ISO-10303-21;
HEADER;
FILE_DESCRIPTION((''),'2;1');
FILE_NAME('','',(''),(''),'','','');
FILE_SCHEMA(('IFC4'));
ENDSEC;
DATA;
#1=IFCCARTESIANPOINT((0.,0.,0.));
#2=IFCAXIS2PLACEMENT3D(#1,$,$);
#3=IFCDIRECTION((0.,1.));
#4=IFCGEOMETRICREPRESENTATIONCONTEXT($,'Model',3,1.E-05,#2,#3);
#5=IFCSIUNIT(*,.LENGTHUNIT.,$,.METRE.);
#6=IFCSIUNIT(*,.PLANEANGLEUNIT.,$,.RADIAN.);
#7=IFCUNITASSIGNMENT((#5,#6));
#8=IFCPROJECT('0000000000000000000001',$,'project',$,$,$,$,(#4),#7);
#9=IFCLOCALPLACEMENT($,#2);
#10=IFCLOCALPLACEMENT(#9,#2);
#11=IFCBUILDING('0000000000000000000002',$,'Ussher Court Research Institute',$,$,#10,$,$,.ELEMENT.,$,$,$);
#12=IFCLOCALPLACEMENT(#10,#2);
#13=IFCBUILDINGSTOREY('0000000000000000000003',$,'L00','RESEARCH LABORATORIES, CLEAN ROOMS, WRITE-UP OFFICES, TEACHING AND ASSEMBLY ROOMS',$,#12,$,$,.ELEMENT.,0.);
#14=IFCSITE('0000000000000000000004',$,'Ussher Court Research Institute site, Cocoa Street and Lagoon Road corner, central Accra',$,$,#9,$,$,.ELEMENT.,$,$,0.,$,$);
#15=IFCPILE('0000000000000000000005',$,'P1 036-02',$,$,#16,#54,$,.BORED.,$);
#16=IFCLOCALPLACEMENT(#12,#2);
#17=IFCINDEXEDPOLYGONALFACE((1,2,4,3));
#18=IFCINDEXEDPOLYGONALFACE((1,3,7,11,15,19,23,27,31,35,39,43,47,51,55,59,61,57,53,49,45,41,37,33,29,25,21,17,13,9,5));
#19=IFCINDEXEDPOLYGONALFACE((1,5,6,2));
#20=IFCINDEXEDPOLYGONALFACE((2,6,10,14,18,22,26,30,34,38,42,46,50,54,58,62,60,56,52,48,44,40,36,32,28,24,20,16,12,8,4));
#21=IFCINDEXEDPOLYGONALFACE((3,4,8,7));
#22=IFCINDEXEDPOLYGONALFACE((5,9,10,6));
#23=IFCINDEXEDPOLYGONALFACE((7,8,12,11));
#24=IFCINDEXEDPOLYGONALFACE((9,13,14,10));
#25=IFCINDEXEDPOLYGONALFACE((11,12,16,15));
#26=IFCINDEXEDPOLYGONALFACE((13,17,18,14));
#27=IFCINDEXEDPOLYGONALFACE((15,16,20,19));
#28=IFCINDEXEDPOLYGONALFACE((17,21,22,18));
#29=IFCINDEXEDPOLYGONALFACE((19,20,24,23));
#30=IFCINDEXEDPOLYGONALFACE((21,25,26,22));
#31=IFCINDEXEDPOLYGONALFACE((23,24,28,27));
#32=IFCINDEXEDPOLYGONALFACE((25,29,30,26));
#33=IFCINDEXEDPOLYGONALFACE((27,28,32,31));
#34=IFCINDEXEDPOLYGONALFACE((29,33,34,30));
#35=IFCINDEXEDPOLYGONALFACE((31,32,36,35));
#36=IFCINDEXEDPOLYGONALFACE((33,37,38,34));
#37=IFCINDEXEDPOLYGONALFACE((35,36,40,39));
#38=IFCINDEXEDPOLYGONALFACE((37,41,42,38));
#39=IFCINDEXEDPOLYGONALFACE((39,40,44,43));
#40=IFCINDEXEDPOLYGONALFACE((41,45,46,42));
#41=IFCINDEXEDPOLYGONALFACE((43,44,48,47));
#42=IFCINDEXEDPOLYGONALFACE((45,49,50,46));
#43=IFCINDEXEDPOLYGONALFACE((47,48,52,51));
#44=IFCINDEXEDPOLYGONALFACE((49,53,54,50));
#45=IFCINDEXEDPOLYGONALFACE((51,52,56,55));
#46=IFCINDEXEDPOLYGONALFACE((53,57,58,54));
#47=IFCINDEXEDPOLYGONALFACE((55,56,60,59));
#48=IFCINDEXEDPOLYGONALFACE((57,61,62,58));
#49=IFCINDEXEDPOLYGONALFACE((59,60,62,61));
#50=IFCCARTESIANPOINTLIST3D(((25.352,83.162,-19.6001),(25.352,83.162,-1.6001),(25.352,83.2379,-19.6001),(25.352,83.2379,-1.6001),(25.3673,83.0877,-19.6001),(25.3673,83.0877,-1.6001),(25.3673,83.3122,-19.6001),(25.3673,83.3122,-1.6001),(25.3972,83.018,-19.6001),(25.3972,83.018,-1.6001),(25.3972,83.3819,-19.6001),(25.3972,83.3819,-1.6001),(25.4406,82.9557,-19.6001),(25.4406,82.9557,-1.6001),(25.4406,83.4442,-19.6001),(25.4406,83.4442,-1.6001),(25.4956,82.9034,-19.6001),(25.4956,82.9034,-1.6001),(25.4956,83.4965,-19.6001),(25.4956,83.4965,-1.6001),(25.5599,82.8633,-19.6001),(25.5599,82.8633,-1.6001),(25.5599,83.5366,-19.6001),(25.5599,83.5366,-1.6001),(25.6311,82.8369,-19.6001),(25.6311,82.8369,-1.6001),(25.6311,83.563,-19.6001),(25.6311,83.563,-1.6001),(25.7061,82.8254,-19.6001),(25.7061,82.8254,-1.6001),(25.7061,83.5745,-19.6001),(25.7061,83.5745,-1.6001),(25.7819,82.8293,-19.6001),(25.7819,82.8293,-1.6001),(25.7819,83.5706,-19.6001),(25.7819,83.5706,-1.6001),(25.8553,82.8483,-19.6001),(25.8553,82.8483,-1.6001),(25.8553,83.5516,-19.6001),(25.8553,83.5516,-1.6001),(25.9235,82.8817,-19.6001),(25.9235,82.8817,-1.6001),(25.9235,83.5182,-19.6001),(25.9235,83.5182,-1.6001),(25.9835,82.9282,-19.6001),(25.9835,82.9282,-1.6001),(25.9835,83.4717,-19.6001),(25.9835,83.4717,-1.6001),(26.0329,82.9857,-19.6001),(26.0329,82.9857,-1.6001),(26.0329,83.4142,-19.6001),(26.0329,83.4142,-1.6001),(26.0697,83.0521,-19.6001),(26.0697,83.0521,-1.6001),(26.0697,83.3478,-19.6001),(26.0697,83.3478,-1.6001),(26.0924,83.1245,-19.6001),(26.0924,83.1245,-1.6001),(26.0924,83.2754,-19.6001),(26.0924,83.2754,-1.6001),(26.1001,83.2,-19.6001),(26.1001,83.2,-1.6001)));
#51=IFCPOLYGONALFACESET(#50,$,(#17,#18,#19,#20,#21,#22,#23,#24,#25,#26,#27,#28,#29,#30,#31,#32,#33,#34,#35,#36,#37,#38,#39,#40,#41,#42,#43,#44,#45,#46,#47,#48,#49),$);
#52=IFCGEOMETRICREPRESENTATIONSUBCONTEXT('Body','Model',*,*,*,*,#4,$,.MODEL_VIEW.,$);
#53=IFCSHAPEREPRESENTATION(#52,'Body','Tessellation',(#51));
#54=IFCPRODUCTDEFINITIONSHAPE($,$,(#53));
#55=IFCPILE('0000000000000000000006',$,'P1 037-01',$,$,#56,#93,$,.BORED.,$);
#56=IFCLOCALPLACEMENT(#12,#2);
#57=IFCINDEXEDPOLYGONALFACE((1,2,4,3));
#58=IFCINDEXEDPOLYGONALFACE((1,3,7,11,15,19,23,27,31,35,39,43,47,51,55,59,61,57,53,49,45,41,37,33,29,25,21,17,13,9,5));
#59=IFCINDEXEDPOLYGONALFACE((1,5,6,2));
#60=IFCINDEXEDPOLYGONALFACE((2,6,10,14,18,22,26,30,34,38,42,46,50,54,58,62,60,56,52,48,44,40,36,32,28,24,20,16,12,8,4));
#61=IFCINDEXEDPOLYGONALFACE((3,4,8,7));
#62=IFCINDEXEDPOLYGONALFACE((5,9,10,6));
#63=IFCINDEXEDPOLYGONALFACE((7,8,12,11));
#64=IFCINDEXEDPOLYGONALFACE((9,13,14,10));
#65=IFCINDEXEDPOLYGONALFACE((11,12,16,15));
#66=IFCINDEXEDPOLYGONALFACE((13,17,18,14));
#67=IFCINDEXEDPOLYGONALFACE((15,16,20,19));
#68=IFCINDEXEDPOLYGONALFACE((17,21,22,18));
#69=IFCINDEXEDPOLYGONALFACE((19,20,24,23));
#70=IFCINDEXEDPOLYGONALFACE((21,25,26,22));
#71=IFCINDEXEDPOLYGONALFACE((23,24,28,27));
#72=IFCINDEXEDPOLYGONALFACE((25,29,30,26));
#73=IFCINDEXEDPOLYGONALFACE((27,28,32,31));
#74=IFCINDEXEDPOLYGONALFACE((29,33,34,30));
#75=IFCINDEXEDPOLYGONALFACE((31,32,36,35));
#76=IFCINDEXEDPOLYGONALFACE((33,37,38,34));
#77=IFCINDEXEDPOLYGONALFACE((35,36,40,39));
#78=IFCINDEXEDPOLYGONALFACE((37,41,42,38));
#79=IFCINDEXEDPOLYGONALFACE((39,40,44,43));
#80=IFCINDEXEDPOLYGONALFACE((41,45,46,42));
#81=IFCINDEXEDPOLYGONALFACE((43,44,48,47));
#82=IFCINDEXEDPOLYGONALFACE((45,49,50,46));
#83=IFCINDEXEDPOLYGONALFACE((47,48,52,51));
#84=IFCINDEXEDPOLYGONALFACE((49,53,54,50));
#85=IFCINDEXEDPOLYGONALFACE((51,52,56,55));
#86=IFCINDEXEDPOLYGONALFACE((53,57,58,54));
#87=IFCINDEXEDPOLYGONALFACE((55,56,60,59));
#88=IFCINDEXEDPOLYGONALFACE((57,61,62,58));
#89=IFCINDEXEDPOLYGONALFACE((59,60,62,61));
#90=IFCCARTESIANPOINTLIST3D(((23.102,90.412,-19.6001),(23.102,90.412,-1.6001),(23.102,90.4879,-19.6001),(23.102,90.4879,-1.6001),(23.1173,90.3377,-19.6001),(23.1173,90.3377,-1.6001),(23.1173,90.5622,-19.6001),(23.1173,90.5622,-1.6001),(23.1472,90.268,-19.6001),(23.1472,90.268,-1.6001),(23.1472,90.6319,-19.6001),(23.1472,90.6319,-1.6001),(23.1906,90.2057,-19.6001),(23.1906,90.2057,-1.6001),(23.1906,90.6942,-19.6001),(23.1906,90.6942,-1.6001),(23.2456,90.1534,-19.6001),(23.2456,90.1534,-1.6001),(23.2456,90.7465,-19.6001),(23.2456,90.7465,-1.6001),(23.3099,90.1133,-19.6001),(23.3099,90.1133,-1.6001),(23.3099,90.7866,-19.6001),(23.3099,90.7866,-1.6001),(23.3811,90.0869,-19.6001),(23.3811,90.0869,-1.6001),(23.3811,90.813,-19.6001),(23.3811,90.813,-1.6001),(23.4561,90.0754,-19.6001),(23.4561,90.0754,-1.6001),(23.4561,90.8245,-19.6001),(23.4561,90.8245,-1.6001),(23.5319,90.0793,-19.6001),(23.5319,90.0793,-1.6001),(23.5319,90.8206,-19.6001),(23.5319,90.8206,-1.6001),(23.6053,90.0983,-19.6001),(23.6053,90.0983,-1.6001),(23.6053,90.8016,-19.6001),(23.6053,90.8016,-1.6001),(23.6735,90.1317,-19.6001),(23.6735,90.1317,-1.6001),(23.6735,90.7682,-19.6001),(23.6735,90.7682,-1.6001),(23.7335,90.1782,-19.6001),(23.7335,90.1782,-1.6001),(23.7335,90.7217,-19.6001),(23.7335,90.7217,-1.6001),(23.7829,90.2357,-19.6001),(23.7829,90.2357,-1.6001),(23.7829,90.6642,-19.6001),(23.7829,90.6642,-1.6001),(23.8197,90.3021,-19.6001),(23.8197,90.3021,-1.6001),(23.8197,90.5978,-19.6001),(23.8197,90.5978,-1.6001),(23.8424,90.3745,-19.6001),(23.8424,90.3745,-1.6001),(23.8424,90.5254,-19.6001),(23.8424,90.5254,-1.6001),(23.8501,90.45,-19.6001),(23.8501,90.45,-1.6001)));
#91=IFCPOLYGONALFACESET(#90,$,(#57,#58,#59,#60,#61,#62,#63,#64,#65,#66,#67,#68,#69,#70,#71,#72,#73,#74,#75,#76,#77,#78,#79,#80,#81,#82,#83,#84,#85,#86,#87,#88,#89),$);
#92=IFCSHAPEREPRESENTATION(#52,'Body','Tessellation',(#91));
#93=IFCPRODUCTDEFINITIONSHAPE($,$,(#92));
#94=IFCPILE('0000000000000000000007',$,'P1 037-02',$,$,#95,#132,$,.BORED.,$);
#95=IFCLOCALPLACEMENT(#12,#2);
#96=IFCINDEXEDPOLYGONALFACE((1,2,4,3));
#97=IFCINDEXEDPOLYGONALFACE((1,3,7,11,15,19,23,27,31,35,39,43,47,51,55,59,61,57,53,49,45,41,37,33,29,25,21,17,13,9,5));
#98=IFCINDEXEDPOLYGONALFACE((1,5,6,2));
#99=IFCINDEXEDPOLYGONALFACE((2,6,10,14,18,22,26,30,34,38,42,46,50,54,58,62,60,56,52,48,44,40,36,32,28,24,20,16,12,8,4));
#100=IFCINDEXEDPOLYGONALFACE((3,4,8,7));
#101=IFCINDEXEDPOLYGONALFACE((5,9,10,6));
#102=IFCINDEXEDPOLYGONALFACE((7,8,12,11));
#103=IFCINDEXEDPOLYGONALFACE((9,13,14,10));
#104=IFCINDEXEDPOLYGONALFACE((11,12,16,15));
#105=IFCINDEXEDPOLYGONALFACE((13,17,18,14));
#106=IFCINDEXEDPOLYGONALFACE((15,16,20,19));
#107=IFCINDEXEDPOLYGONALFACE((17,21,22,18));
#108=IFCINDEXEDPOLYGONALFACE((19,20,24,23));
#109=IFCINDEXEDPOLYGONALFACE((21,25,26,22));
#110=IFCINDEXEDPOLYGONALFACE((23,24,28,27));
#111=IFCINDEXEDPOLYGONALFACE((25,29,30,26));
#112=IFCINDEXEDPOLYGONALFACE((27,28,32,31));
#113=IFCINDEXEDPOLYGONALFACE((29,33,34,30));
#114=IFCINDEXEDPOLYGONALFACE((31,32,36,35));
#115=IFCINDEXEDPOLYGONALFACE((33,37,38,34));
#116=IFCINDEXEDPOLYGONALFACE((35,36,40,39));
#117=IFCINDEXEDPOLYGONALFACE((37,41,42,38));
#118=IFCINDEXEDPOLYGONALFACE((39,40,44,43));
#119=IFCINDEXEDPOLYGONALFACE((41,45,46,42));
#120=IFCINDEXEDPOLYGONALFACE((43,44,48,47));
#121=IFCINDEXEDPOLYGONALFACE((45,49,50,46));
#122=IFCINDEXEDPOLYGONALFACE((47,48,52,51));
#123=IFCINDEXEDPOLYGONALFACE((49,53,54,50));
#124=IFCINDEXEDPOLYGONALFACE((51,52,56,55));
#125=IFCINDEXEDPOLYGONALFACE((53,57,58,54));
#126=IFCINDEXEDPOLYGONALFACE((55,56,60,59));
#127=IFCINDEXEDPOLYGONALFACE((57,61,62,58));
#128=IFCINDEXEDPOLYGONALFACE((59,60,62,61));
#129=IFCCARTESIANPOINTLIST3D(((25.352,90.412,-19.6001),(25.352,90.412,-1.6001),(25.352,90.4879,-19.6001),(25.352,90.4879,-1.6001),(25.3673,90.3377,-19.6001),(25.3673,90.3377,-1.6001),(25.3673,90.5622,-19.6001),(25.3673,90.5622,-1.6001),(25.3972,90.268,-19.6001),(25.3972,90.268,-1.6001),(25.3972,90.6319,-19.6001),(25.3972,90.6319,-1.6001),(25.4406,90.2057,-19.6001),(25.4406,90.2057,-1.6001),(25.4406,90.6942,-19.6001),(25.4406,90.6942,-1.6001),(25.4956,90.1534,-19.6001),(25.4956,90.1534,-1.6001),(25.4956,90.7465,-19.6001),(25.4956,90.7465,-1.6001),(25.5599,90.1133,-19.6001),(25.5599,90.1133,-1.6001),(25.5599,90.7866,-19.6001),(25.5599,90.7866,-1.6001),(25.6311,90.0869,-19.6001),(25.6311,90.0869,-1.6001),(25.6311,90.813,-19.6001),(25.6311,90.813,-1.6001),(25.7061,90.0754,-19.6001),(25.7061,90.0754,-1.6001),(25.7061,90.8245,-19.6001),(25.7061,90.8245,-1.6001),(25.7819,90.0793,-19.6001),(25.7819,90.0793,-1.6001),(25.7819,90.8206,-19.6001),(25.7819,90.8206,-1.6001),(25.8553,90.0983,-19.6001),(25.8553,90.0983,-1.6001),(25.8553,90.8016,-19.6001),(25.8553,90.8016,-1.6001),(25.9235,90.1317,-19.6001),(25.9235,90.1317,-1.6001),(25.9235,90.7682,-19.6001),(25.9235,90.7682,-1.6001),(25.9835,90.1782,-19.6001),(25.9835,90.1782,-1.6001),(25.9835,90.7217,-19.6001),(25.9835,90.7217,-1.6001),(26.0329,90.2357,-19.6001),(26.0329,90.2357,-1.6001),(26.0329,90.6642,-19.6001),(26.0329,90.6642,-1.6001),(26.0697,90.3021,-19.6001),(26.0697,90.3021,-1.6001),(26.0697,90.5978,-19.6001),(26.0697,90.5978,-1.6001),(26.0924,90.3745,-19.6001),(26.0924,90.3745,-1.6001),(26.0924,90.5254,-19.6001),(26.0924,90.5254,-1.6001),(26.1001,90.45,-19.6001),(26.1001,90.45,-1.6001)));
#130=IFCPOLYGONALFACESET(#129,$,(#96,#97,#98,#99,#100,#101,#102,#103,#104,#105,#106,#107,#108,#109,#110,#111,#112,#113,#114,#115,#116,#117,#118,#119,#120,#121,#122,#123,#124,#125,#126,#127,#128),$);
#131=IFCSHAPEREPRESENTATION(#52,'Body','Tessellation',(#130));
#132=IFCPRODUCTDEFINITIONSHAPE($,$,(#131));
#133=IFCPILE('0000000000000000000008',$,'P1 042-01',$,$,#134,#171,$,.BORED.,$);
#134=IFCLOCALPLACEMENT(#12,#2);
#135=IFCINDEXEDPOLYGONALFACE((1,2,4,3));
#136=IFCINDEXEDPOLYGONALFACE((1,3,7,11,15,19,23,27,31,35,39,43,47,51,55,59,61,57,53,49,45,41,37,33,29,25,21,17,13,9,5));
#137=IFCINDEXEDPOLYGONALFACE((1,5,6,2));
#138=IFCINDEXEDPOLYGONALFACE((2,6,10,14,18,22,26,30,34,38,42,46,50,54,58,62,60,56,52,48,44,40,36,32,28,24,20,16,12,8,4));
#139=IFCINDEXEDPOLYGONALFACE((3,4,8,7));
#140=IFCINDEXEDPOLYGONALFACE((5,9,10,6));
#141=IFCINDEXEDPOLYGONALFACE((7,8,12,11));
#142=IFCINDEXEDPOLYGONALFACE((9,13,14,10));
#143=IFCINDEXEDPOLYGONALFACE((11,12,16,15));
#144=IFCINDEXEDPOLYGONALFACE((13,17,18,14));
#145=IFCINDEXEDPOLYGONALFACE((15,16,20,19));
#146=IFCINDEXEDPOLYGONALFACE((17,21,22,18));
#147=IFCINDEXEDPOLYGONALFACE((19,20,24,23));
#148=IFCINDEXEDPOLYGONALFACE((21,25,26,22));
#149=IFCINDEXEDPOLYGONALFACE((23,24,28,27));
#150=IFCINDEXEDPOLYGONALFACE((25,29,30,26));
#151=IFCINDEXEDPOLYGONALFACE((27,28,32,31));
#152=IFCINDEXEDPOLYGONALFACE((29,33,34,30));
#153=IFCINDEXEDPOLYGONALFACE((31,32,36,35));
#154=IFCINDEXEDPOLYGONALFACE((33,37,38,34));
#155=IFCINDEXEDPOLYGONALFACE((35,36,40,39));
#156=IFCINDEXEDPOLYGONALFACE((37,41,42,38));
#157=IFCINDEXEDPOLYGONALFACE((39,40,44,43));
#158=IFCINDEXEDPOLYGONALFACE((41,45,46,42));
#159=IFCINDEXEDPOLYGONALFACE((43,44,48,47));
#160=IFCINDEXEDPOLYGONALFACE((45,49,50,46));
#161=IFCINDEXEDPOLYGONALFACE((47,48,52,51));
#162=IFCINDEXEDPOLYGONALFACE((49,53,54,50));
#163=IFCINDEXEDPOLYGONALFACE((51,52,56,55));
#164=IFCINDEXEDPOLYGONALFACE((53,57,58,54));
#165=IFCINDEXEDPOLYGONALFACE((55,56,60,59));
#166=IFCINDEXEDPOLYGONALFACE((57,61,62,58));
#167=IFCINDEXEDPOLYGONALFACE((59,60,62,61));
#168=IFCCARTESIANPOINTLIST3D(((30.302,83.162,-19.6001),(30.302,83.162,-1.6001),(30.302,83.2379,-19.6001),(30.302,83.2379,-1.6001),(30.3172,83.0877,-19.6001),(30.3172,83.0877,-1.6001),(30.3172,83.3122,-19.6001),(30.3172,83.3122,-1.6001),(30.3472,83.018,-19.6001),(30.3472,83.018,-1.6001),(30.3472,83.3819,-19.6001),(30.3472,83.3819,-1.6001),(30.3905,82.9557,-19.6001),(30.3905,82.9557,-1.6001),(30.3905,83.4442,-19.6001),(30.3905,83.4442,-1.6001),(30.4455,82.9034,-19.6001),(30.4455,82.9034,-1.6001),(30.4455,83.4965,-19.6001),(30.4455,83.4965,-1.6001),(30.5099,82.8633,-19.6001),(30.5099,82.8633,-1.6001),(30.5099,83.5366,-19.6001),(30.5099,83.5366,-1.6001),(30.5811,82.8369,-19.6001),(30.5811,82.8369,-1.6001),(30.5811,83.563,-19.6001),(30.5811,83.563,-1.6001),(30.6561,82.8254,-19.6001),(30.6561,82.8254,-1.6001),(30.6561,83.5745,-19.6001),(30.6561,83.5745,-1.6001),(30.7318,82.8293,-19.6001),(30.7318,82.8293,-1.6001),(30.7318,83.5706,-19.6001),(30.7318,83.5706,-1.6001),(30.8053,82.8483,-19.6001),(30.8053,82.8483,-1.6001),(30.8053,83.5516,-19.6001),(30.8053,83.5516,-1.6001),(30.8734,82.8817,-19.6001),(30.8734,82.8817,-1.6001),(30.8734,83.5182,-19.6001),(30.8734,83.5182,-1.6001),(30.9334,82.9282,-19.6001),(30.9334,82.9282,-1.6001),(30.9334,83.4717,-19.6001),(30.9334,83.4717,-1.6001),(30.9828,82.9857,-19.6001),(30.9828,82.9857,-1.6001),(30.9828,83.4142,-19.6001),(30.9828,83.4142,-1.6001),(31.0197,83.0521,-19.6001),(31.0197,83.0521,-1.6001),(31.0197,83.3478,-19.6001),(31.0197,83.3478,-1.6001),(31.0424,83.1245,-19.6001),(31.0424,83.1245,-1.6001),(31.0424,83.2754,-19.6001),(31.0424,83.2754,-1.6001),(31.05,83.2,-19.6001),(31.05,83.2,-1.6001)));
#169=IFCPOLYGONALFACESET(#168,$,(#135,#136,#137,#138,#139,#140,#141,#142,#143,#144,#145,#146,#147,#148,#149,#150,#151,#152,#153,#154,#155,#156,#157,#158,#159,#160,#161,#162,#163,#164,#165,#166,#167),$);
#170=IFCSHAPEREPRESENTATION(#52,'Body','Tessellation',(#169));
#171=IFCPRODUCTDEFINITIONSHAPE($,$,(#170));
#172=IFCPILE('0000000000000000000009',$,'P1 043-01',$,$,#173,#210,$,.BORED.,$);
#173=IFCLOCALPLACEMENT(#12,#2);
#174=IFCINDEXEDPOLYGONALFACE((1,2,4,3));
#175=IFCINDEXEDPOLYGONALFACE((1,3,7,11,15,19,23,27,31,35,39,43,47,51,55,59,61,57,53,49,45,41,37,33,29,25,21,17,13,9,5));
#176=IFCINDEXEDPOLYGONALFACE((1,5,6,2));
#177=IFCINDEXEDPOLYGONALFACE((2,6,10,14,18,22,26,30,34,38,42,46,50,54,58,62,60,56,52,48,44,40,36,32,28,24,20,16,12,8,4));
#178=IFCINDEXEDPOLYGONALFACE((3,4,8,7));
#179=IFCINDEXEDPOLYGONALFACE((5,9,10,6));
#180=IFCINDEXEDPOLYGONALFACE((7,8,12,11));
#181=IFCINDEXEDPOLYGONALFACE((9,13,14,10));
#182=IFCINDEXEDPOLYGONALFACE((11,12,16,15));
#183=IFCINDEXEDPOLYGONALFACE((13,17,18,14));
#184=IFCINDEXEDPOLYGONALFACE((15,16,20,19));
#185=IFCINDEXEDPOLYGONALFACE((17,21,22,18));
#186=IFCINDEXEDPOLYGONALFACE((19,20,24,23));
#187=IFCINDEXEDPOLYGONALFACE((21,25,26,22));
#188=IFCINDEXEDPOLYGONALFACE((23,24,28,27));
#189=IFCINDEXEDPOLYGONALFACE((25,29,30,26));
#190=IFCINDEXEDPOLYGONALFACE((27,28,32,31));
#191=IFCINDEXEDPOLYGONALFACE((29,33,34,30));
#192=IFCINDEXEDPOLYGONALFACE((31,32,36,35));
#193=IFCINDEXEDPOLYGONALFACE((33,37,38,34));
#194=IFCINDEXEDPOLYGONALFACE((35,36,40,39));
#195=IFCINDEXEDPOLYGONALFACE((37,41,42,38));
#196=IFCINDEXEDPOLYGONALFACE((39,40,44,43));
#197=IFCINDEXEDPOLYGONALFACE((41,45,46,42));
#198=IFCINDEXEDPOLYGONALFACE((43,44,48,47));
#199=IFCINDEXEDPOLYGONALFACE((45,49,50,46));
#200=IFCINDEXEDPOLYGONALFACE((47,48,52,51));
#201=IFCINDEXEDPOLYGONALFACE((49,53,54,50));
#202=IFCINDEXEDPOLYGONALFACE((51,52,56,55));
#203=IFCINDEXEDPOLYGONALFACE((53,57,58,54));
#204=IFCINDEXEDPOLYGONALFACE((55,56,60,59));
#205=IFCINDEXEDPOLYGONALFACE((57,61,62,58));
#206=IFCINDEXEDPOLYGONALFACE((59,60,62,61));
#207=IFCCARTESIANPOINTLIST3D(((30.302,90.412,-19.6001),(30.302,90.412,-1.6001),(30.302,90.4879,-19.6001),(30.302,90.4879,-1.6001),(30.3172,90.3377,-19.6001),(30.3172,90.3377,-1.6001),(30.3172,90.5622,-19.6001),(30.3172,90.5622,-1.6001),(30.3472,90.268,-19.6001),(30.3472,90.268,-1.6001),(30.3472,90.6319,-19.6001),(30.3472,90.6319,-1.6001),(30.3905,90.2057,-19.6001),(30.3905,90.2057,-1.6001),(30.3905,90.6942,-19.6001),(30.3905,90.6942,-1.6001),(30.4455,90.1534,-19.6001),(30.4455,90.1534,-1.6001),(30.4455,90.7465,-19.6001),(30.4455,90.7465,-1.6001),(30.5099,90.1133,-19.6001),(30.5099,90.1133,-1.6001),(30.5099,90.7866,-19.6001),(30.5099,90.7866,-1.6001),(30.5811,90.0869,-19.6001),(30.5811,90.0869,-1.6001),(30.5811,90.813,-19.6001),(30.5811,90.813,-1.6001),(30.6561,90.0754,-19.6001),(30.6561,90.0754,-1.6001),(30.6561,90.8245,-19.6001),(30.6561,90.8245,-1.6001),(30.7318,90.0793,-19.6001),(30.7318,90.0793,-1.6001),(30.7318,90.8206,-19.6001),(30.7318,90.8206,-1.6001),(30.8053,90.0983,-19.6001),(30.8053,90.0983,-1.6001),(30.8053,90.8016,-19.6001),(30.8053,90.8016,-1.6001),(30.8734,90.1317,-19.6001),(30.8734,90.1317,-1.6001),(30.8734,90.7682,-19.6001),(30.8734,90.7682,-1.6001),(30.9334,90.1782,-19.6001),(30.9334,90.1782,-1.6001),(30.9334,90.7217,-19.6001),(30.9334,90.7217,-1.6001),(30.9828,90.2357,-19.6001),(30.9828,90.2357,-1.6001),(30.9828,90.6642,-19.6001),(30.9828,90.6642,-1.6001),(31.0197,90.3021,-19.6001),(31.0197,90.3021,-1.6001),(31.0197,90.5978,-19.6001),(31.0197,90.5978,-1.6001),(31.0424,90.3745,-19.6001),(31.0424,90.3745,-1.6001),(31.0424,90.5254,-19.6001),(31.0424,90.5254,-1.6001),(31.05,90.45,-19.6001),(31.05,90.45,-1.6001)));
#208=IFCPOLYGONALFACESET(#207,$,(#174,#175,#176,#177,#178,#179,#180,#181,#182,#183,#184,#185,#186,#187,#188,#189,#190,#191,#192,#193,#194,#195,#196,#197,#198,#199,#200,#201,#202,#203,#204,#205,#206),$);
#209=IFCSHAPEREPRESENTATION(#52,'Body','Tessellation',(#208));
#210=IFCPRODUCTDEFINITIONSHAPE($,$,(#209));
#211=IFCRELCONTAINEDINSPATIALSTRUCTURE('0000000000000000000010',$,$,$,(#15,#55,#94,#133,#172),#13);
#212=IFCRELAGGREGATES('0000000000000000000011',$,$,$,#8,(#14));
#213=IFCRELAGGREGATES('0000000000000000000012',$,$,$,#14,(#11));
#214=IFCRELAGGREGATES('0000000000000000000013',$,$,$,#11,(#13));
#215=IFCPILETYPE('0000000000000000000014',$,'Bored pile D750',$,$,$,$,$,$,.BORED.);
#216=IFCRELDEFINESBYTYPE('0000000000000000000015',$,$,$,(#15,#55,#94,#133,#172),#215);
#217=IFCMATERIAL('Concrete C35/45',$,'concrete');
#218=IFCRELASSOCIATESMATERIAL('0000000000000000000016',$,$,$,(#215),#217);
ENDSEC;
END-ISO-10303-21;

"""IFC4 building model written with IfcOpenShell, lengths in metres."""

from ifc_helpers import new_model, si_unit, direction, frame, origin, origin_2d, place, context, subcontext, project, spatial, circle, extrude, material, material_profile, profile_set, type_object, element, save


model = new_model("IFC4")

# Units and contexts
model_context = context("Model", 3, precision=1e-05, world=origin(), true_north=direction((0.0, 1.0)))
body_context = subcontext(model_context, "Body", "Model", "MODEL_VIEW")
ifc_project = project(units=[si_unit("LENGTHUNIT", "METRE"), si_unit("PLANEANGLEUNIT", "RADIAN")], contexts=[model_context])

# Site, building, storey
site_placement = place(None, origin())
site = spatial("IfcSite", under=ifc_project, at=site_placement, Name="Ussher Court Research Institute site, Cocoa Street and Lagoon Road corner, central Accra", CompositionType="ELEMENT", RefElevation=0.0)
building_placement = place(site_placement, origin())
building = spatial("IfcBuilding", under=site, at=building_placement, Name="Ussher Court Research Institute", CompositionType="ELEMENT")
storey_placement = place(building_placement, origin())
storey = spatial("IfcBuildingStorey", under=building, at=storey_placement, Name="L00", Description="RESEARCH LABORATORIES, CLEAN ROOMS, WRITE-UP OFFICES, TEACHING AND ASSEMBLY ROOMS", CompositionType="ELEMENT", Elevation=0.0)

# Piles
ifc_material_1 = material(Name="Concrete C35/45", Category="concrete")
ifc_material_profile_1 = material_profile(ifc_material_1, circle(Radius=0.375, at=origin_2d()), Name="RC D750")
ifc_profile_set_1 = profile_set([ifc_material_profile_1], Name="Concrete C35/45")
pile_type = type_object("IfcPileType", Name="Bored pile D750", PredefinedType="BORED", material=ifc_profile_set_1)
for number, where, z_axis, x_axis, name in (
    (1, (25.7251, 83.2, -1.6001), (0.0, 0.0, -1.0), (1.0, 0.0, 0.0), "P1 036-02"),
    (2, (23.4751, 90.45, -1.6001), (0.0, 0.0, -1.0), (1.0, 0.0, 0.0), "P1 037-01"),
    (3, (25.7251, 90.45, -1.6001), (0.0, 0.0, -1.0), (1.0, 0.0, 0.0), "P1 037-02"),
    (4, (30.675, 83.2, -1.6001), (0.0, 0.0, -1.0), (1.0, 0.0, 0.0), "P1 042-01"),
    (5, (30.675, 90.45, -1.6001), (0.0, 0.0, -1.0), (1.0, 0.0, 0.0), "P1 043-01"),
):
    element("IfcPile", number, at=place(storey_placement, frame(where, z_axis=z_axis, x_axis=x_axis)), inside=storey, type_object=pile_type, Name=name, PredefinedType="BORED", context=body_context, shape_type="SweptSolid", body=[
        extrude(circle(Radius=0.375, at=origin_2d()), origin(), (0.0, 0.0, 1.0), 18.0),
    ])

save(model, "model.ifc")
